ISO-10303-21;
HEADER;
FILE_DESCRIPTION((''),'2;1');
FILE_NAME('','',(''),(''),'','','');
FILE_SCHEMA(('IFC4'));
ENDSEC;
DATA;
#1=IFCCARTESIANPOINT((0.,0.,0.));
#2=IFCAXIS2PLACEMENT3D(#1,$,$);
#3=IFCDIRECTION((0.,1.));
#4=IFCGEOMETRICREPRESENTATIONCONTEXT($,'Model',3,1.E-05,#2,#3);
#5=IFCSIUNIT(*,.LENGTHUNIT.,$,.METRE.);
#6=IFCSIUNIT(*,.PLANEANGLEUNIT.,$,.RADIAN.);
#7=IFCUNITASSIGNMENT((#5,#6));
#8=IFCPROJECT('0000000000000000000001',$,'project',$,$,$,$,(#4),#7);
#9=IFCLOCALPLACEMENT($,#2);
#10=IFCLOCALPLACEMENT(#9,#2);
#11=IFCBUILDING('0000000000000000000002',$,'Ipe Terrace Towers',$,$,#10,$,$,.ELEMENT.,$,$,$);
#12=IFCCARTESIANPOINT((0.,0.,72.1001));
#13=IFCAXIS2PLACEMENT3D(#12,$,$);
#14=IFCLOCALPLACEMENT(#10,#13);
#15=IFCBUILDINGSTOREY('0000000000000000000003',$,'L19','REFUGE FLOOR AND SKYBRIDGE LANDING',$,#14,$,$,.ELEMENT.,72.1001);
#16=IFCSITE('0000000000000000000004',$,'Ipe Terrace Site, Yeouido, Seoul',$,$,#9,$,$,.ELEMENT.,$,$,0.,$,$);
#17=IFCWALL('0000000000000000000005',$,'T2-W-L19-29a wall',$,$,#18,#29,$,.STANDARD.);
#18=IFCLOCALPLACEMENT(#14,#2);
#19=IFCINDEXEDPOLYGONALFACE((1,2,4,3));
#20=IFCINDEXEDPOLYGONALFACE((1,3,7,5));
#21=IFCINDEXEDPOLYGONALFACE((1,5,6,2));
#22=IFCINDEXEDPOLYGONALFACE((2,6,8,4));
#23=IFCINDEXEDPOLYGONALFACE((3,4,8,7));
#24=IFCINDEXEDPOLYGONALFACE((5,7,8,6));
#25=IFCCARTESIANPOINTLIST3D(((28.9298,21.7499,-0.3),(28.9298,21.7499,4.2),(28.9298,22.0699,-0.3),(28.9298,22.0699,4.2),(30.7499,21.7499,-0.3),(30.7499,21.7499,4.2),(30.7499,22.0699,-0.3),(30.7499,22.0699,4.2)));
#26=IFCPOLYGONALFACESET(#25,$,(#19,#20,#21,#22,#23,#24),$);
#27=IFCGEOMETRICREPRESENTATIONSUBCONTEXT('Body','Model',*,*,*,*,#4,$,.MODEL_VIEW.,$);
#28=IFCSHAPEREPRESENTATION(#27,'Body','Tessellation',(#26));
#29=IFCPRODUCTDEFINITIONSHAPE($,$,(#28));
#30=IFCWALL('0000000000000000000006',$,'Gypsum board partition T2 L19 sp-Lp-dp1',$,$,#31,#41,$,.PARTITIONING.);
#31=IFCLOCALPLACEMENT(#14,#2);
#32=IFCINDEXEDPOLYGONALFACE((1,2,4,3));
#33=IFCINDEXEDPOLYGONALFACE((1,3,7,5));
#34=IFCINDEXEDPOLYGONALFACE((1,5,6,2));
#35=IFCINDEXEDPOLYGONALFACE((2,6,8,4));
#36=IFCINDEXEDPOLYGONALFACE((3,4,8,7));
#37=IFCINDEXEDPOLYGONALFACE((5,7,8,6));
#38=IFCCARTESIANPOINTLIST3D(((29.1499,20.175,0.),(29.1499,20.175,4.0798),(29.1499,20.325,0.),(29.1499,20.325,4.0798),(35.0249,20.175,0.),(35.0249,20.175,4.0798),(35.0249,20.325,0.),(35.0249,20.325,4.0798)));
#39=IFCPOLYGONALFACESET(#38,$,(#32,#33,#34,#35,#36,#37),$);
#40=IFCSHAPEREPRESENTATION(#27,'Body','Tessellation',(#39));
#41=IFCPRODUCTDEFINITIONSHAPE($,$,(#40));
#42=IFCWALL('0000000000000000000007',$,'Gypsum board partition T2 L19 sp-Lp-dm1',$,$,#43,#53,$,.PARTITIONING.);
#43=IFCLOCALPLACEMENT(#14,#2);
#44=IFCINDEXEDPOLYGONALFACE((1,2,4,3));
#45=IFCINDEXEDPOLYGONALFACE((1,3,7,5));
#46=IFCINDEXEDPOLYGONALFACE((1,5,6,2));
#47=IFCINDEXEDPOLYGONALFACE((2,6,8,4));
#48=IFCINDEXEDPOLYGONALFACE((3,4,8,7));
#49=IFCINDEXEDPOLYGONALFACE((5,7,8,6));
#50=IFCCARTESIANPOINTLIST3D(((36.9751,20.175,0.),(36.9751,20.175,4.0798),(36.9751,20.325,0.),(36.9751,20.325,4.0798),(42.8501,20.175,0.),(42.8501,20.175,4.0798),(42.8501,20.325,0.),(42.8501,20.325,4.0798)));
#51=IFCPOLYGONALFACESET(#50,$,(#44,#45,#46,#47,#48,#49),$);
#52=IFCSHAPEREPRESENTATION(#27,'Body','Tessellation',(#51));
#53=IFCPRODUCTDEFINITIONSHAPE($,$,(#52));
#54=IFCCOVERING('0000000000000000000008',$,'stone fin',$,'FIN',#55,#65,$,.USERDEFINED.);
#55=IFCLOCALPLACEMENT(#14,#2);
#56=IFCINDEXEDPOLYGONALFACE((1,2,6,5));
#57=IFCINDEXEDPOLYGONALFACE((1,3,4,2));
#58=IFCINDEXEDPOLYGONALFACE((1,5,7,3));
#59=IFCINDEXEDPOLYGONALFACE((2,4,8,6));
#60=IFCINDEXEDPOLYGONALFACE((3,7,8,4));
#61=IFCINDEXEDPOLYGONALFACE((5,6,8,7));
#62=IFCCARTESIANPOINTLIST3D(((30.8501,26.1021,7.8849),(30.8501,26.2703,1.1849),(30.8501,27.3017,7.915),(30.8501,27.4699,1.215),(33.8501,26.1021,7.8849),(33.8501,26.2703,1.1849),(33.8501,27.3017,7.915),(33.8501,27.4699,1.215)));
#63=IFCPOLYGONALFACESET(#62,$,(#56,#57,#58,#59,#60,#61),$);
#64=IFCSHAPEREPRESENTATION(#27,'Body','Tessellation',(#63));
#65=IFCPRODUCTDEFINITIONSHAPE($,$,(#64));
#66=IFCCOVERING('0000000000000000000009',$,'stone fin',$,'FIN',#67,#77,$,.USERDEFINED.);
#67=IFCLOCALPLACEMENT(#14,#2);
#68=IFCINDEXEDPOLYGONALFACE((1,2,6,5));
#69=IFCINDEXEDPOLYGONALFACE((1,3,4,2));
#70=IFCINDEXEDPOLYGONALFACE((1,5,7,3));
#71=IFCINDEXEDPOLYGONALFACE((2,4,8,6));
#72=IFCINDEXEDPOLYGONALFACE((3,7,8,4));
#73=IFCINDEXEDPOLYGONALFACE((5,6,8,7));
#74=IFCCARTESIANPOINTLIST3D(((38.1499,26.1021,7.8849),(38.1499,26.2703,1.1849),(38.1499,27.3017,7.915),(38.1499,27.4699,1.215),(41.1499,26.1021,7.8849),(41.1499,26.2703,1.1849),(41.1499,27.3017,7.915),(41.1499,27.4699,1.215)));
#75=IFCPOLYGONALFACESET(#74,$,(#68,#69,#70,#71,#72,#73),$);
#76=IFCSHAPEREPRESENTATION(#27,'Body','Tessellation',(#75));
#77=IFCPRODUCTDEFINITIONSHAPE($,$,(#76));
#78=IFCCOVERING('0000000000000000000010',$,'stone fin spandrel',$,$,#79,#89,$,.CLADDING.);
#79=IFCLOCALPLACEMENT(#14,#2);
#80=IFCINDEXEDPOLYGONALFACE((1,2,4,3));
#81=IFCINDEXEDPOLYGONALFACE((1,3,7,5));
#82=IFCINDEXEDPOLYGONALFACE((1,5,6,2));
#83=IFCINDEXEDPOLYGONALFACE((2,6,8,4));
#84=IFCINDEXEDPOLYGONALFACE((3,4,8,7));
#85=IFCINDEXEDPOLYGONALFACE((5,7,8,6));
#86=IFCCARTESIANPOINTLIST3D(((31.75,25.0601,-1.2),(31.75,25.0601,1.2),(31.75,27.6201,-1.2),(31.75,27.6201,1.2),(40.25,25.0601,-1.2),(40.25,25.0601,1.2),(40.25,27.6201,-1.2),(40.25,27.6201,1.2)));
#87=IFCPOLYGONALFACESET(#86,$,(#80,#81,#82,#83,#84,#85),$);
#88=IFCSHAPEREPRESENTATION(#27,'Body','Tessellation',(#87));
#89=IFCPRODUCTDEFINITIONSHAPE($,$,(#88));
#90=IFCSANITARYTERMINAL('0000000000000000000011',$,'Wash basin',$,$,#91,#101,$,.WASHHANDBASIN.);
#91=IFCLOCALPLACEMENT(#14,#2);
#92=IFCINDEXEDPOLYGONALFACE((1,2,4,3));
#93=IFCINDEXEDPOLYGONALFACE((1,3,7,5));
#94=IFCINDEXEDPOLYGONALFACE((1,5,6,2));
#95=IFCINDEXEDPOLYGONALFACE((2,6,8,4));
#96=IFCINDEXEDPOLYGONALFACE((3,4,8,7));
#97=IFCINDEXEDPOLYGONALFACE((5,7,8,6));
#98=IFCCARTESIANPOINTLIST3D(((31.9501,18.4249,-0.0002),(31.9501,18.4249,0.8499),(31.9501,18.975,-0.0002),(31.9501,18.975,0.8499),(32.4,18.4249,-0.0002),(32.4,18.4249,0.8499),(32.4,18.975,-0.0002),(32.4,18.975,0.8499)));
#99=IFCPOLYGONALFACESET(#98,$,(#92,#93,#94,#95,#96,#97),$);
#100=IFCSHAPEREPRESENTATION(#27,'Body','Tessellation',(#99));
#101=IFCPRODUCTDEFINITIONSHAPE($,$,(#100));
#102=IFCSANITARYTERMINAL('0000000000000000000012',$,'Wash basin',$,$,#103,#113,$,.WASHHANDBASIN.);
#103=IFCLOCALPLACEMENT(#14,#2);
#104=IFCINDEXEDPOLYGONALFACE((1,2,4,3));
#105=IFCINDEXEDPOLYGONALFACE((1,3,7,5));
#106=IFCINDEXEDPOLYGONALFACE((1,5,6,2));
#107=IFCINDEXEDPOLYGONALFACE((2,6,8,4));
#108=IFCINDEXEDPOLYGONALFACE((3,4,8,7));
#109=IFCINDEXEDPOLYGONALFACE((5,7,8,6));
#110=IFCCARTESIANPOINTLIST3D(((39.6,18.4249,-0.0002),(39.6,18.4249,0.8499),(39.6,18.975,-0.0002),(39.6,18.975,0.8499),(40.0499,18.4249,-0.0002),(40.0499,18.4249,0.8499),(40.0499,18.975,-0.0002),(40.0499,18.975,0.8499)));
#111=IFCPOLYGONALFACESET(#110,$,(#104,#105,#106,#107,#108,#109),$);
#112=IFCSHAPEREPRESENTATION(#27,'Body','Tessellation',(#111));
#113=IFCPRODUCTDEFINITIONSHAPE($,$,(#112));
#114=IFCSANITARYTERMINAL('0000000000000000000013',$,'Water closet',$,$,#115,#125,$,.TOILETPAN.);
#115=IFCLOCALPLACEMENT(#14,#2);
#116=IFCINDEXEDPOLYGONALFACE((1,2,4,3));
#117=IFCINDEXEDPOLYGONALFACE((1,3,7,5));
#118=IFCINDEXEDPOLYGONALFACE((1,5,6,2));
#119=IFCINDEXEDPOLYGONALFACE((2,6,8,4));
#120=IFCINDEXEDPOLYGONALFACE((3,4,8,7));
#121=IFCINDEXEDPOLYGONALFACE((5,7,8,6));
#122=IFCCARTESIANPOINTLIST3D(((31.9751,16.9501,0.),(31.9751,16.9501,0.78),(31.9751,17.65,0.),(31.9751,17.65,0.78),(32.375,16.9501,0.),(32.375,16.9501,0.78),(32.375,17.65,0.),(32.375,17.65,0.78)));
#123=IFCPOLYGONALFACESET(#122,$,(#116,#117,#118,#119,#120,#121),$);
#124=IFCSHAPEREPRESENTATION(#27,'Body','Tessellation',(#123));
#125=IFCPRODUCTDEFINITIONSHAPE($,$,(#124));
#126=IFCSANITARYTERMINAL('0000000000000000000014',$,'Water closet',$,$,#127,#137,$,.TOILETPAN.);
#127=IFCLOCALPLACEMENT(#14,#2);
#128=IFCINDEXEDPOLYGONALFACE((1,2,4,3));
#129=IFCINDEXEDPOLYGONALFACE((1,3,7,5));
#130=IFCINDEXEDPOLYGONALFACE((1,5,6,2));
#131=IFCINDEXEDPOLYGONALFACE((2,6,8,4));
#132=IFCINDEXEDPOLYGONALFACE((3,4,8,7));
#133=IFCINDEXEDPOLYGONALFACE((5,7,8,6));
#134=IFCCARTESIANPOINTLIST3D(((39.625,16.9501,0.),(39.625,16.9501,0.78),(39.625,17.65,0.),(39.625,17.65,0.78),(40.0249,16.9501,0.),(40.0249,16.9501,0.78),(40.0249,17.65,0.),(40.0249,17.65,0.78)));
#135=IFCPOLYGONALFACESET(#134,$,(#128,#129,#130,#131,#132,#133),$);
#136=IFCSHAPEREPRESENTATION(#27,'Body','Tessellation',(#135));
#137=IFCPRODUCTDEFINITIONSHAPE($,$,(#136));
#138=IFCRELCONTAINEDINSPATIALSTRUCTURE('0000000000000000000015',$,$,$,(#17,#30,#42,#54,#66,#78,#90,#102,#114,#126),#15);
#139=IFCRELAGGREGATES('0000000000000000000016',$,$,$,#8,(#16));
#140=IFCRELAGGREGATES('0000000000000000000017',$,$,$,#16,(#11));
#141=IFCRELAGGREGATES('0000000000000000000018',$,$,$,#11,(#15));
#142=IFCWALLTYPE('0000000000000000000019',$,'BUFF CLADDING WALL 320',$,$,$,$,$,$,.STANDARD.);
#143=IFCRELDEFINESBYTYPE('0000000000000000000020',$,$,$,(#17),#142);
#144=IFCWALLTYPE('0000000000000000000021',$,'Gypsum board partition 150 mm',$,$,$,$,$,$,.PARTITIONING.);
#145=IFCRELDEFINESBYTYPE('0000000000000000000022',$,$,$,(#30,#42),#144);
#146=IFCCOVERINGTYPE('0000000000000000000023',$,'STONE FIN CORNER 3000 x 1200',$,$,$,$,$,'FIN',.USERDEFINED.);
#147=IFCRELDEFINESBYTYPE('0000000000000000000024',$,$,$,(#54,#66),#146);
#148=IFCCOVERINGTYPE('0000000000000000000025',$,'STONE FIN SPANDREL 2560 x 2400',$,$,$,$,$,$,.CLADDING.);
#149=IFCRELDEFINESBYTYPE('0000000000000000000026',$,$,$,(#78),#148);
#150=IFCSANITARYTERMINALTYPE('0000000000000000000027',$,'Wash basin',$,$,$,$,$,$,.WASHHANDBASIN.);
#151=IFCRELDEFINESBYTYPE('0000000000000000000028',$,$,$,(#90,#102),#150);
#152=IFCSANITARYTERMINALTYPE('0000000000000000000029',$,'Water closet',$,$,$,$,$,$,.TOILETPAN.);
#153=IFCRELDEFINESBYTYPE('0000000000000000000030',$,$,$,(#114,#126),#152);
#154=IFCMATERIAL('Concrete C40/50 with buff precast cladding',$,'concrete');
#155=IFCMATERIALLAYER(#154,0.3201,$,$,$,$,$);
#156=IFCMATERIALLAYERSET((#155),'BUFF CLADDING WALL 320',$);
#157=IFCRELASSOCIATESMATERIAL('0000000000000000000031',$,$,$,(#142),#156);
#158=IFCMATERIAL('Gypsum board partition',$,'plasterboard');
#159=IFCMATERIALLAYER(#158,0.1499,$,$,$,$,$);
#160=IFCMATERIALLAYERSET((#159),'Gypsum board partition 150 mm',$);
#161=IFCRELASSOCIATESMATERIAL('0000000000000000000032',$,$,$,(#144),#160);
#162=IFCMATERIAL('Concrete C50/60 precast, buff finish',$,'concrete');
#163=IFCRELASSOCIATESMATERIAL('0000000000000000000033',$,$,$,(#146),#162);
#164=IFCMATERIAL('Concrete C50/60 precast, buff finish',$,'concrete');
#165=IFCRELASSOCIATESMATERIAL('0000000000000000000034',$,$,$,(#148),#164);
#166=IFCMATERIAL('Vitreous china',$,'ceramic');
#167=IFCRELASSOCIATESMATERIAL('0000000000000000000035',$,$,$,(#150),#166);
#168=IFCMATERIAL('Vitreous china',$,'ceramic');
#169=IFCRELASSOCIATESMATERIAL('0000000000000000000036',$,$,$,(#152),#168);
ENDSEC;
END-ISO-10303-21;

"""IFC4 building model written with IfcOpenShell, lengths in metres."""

from ifc_helpers import new_model, si_unit, direction, frame, frame_2d, origin, origin_2d, place, context, subcontext, project, spatial, rectangle, extrude, material, layer, layer_set, material_profile, profile_set, type_object, element, save


model = new_model("IFC4")

# Units and contexts
model_context = context("Model", 3, precision=1e-05, world=origin(), true_north=direction((0.0, 1.0)))
body_context = subcontext(model_context, "Body", "Model", "MODEL_VIEW")
ifc_project = project(units=[si_unit("LENGTHUNIT", "METRE"), si_unit("PLANEANGLEUNIT", "RADIAN")], contexts=[model_context])

# Site, building, storey
site_placement = place(None, origin())
site = spatial("IfcSite", under=ifc_project, at=site_placement, Name="Ipe Terrace Site, Yeouido, Seoul", CompositionType="ELEMENT", RefElevation=0.0)
building_placement = place(site_placement, origin())
building = spatial("IfcBuilding", under=site, at=building_placement, Name="Ipe Terrace Towers", CompositionType="ELEMENT")
storey_placement = place(building_placement, frame((0.0, 0.0, 72.1001)))
storey = spatial("IfcBuildingStorey", under=building, at=storey_placement, Name="L19", Description="REFUGE FLOOR AND SKYBRIDGE LANDING", CompositionType="ELEMENT", Elevation=72.1001)

# Walls
ifc_material_1 = material(Name="Concrete C40/50 with buff precast cladding", Category="concrete")
ifc_layer_1 = layer(ifc_material_1, 0.3201)
ifc_layer_set_1 = layer_set([ifc_layer_1], Name="BUFF CLADDING WALL 320")
wall_type_1 = type_object("IfcWallType", Name="BUFF CLADDING WALL 320", PredefinedType="STANDARD", material=ifc_layer_set_1)
wall_1_placement = place(storey_placement, frame((30.75, 21.9099, -0.3), z_axis=(0.0, 0.0, 1.0), x_axis=(-1.0, 0.0, 0.0)))
element("IfcWall", 1, at=wall_1_placement, inside=storey, type_object=wall_type_1, Name="T2-W-L19-29a wall", PredefinedType="STANDARD", context=body_context, shape_type="SweptSolid", body=[
    extrude(rectangle(XDim=1.8201, YDim=0.3201, at=frame_2d((0.9102, 0.0))), origin(), (0.0, 0.0, 1.0), 4.5),
])
ifc_material_2 = material(Name="Gypsum board partition", Category="plasterboard")
ifc_layer_2 = layer(ifc_material_2, 0.1499)
ifc_layer_set_2 = layer_set([ifc_layer_2], Name="Gypsum board partition 150 mm")
wall_type_2 = type_object("IfcWallType", Name="Gypsum board partition 150 mm", PredefinedType="PARTITIONING", material=ifc_layer_set_2)
for number, where, z_axis, x_axis, name in (
    (2, (35.0249, 20.25, 0.0), (0.0, 0.0, 1.0), (-1.0, 0.0, 0.0), "Gypsum board partition T2 L19 sp-Lp-dp1"),
    (3, (36.9751, 20.25, 0.0), (0.0, 0.0, 1.0), (1.0, 0.0, 0.0), "Gypsum board partition T2 L19 sp-Lp-dm1"),
):
    element("IfcWall", number, at=place(storey_placement, frame(where, z_axis=z_axis, x_axis=x_axis)), inside=storey, type_object=wall_type_2, Name=name, PredefinedType="PARTITIONING", context=body_context, shape_type="SweptSolid", body=[
        extrude(rectangle(XDim=5.875, YDim=0.1499, at=frame_2d((2.9375, 0.0))), origin(), (0.0, 0.0, 1.0), 4.0798),
    ])

# Coverings
ifc_material_3 = material(Name="Concrete C50/60 precast, buff finish", Category="concrete")
ifc_material_profile_1 = material_profile(ifc_material_3, rectangle(XDim=3.0, YDim=1.2, at=origin_2d()), Name="STONE FIN CORNER 3000 x 1200")
ifc_profile_set_1 = profile_set([ifc_material_profile_1], Name="Concrete C50/60 precast, buff finish")
covering_type_1 = type_object("IfcCoveringType", Name="STONE FIN CORNER 3000 x 1200", ElementType="FIN", PredefinedType="USERDEFINED", material=ifc_profile_set_1)
for number, where, z_axis, x_axis, name in (
    (4, (32.3501, 26.8701, 1.2), (0.0, -0.025099, 0.999685), (-1.0, 0.0, 0.0), "stone fin"),
    (5, (39.6499, 26.8701, 1.2), (0.0, -0.025099, 0.999685), (-1.0, 0.0, 0.0), "stone fin"),
):
    element("IfcCovering", number, at=place(storey_placement, frame(where, z_axis=z_axis, x_axis=x_axis)), inside=storey, type_object=covering_type_1, Name=name, ObjectType="FIN", PredefinedType="USERDEFINED", context=body_context, shape_type="SweptSolid", body=[
        extrude(rectangle(XDim=3.0, YDim=1.2, at=origin_2d()), origin(), (0.0, 0.0, 1.0), 6.7021),
    ])
ifc_material_4 = material(Name="Concrete C50/60 precast, buff finish", Category="concrete")
ifc_material_profile_2 = material_profile(ifc_material_4, rectangle(XDim=2.5601, YDim=2.3999, at=origin_2d()), Name="STONE FIN SPANDREL 2560 x 2400")
ifc_profile_set_2 = profile_set([ifc_material_profile_2], Name="Concrete C50/60 precast, buff finish")
covering_type_2 = type_object("IfcCoveringType", Name="STONE FIN SPANDREL 2560 x 2400", PredefinedType="CLADDING", material=ifc_profile_set_2)
covering_placement = place(storey_placement, frame((40.25, 26.3401, 0.0), z_axis=(-1.0, 0.0, 0.0), x_axis=(0.0, 1.0, 0.0)))
element("IfcCovering", 6, at=covering_placement, inside=storey, type_object=covering_type_2, Name="stone fin spandrel", PredefinedType="CLADDING", context=body_context, shape_type="SweptSolid", body=[
    extrude(rectangle(XDim=2.5601, YDim=2.3999, at=origin_2d()), origin(), (0.0, 0.0, 1.0), 8.5),
])

# Sanitary terminals
ifc_material_5 = material(Name="Vitreous china", Category="ceramic")
sanitary_terminal_type_1 = type_object("IfcSanitaryTerminalType", Name="Wash basin", PredefinedType="WASHHANDBASIN", material=ifc_material_5)
for number, where, z_axis, x_axis, name in (
    (7, (32.175, 18.7, -0.0002), (0.0, 0.0, 1.0), (0.0, 1.0, 0.0), "Wash basin"),
    (8, (39.825, 18.7, -0.0002), (0.0, 0.0, 1.0), (0.0, 1.0, 0.0), "Wash basin"),
):
    element("IfcSanitaryTerminal", number, at=place(storey_placement, frame(where, z_axis=z_axis, x_axis=x_axis)), inside=storey, type_object=sanitary_terminal_type_1, Name=name, PredefinedType="WASHHANDBASIN", context=body_context, shape_type="SweptSolid", body=[
        extrude(rectangle(XDim=0.55, YDim=0.45, at=origin_2d()), origin(), (0.0, 0.0, 1.0), 0.8501),
    ])
ifc_material_6 = material(Name="Vitreous china", Category="ceramic")
sanitary_terminal_type_2 = type_object("IfcSanitaryTerminalType", Name="Water closet", PredefinedType="TOILETPAN", material=ifc_material_6)
for number, where, z_axis, x_axis, name in (
    (9, (32.175, 17.3, 0.0), (0.0, 0.0, 1.0), (0.0, 1.0, 0.0), "Water closet"),
    (10, (39.825, 17.3, 0.0), (0.0, 0.0, 1.0), (0.0, 1.0, 0.0), "Water closet"),
):
    element("IfcSanitaryTerminal", number, at=place(storey_placement, frame(where, z_axis=z_axis, x_axis=x_axis)), inside=storey, type_object=sanitary_terminal_type_2, Name=name, PredefinedType="TOILETPAN", context=body_context, shape_type="SweptSolid", body=[
        extrude(rectangle(XDim=0.7, YDim=0.3999, at=origin_2d()), origin(), (0.0, 0.0, 1.0), 0.78),
    ])

save(model, "model.ifc")
